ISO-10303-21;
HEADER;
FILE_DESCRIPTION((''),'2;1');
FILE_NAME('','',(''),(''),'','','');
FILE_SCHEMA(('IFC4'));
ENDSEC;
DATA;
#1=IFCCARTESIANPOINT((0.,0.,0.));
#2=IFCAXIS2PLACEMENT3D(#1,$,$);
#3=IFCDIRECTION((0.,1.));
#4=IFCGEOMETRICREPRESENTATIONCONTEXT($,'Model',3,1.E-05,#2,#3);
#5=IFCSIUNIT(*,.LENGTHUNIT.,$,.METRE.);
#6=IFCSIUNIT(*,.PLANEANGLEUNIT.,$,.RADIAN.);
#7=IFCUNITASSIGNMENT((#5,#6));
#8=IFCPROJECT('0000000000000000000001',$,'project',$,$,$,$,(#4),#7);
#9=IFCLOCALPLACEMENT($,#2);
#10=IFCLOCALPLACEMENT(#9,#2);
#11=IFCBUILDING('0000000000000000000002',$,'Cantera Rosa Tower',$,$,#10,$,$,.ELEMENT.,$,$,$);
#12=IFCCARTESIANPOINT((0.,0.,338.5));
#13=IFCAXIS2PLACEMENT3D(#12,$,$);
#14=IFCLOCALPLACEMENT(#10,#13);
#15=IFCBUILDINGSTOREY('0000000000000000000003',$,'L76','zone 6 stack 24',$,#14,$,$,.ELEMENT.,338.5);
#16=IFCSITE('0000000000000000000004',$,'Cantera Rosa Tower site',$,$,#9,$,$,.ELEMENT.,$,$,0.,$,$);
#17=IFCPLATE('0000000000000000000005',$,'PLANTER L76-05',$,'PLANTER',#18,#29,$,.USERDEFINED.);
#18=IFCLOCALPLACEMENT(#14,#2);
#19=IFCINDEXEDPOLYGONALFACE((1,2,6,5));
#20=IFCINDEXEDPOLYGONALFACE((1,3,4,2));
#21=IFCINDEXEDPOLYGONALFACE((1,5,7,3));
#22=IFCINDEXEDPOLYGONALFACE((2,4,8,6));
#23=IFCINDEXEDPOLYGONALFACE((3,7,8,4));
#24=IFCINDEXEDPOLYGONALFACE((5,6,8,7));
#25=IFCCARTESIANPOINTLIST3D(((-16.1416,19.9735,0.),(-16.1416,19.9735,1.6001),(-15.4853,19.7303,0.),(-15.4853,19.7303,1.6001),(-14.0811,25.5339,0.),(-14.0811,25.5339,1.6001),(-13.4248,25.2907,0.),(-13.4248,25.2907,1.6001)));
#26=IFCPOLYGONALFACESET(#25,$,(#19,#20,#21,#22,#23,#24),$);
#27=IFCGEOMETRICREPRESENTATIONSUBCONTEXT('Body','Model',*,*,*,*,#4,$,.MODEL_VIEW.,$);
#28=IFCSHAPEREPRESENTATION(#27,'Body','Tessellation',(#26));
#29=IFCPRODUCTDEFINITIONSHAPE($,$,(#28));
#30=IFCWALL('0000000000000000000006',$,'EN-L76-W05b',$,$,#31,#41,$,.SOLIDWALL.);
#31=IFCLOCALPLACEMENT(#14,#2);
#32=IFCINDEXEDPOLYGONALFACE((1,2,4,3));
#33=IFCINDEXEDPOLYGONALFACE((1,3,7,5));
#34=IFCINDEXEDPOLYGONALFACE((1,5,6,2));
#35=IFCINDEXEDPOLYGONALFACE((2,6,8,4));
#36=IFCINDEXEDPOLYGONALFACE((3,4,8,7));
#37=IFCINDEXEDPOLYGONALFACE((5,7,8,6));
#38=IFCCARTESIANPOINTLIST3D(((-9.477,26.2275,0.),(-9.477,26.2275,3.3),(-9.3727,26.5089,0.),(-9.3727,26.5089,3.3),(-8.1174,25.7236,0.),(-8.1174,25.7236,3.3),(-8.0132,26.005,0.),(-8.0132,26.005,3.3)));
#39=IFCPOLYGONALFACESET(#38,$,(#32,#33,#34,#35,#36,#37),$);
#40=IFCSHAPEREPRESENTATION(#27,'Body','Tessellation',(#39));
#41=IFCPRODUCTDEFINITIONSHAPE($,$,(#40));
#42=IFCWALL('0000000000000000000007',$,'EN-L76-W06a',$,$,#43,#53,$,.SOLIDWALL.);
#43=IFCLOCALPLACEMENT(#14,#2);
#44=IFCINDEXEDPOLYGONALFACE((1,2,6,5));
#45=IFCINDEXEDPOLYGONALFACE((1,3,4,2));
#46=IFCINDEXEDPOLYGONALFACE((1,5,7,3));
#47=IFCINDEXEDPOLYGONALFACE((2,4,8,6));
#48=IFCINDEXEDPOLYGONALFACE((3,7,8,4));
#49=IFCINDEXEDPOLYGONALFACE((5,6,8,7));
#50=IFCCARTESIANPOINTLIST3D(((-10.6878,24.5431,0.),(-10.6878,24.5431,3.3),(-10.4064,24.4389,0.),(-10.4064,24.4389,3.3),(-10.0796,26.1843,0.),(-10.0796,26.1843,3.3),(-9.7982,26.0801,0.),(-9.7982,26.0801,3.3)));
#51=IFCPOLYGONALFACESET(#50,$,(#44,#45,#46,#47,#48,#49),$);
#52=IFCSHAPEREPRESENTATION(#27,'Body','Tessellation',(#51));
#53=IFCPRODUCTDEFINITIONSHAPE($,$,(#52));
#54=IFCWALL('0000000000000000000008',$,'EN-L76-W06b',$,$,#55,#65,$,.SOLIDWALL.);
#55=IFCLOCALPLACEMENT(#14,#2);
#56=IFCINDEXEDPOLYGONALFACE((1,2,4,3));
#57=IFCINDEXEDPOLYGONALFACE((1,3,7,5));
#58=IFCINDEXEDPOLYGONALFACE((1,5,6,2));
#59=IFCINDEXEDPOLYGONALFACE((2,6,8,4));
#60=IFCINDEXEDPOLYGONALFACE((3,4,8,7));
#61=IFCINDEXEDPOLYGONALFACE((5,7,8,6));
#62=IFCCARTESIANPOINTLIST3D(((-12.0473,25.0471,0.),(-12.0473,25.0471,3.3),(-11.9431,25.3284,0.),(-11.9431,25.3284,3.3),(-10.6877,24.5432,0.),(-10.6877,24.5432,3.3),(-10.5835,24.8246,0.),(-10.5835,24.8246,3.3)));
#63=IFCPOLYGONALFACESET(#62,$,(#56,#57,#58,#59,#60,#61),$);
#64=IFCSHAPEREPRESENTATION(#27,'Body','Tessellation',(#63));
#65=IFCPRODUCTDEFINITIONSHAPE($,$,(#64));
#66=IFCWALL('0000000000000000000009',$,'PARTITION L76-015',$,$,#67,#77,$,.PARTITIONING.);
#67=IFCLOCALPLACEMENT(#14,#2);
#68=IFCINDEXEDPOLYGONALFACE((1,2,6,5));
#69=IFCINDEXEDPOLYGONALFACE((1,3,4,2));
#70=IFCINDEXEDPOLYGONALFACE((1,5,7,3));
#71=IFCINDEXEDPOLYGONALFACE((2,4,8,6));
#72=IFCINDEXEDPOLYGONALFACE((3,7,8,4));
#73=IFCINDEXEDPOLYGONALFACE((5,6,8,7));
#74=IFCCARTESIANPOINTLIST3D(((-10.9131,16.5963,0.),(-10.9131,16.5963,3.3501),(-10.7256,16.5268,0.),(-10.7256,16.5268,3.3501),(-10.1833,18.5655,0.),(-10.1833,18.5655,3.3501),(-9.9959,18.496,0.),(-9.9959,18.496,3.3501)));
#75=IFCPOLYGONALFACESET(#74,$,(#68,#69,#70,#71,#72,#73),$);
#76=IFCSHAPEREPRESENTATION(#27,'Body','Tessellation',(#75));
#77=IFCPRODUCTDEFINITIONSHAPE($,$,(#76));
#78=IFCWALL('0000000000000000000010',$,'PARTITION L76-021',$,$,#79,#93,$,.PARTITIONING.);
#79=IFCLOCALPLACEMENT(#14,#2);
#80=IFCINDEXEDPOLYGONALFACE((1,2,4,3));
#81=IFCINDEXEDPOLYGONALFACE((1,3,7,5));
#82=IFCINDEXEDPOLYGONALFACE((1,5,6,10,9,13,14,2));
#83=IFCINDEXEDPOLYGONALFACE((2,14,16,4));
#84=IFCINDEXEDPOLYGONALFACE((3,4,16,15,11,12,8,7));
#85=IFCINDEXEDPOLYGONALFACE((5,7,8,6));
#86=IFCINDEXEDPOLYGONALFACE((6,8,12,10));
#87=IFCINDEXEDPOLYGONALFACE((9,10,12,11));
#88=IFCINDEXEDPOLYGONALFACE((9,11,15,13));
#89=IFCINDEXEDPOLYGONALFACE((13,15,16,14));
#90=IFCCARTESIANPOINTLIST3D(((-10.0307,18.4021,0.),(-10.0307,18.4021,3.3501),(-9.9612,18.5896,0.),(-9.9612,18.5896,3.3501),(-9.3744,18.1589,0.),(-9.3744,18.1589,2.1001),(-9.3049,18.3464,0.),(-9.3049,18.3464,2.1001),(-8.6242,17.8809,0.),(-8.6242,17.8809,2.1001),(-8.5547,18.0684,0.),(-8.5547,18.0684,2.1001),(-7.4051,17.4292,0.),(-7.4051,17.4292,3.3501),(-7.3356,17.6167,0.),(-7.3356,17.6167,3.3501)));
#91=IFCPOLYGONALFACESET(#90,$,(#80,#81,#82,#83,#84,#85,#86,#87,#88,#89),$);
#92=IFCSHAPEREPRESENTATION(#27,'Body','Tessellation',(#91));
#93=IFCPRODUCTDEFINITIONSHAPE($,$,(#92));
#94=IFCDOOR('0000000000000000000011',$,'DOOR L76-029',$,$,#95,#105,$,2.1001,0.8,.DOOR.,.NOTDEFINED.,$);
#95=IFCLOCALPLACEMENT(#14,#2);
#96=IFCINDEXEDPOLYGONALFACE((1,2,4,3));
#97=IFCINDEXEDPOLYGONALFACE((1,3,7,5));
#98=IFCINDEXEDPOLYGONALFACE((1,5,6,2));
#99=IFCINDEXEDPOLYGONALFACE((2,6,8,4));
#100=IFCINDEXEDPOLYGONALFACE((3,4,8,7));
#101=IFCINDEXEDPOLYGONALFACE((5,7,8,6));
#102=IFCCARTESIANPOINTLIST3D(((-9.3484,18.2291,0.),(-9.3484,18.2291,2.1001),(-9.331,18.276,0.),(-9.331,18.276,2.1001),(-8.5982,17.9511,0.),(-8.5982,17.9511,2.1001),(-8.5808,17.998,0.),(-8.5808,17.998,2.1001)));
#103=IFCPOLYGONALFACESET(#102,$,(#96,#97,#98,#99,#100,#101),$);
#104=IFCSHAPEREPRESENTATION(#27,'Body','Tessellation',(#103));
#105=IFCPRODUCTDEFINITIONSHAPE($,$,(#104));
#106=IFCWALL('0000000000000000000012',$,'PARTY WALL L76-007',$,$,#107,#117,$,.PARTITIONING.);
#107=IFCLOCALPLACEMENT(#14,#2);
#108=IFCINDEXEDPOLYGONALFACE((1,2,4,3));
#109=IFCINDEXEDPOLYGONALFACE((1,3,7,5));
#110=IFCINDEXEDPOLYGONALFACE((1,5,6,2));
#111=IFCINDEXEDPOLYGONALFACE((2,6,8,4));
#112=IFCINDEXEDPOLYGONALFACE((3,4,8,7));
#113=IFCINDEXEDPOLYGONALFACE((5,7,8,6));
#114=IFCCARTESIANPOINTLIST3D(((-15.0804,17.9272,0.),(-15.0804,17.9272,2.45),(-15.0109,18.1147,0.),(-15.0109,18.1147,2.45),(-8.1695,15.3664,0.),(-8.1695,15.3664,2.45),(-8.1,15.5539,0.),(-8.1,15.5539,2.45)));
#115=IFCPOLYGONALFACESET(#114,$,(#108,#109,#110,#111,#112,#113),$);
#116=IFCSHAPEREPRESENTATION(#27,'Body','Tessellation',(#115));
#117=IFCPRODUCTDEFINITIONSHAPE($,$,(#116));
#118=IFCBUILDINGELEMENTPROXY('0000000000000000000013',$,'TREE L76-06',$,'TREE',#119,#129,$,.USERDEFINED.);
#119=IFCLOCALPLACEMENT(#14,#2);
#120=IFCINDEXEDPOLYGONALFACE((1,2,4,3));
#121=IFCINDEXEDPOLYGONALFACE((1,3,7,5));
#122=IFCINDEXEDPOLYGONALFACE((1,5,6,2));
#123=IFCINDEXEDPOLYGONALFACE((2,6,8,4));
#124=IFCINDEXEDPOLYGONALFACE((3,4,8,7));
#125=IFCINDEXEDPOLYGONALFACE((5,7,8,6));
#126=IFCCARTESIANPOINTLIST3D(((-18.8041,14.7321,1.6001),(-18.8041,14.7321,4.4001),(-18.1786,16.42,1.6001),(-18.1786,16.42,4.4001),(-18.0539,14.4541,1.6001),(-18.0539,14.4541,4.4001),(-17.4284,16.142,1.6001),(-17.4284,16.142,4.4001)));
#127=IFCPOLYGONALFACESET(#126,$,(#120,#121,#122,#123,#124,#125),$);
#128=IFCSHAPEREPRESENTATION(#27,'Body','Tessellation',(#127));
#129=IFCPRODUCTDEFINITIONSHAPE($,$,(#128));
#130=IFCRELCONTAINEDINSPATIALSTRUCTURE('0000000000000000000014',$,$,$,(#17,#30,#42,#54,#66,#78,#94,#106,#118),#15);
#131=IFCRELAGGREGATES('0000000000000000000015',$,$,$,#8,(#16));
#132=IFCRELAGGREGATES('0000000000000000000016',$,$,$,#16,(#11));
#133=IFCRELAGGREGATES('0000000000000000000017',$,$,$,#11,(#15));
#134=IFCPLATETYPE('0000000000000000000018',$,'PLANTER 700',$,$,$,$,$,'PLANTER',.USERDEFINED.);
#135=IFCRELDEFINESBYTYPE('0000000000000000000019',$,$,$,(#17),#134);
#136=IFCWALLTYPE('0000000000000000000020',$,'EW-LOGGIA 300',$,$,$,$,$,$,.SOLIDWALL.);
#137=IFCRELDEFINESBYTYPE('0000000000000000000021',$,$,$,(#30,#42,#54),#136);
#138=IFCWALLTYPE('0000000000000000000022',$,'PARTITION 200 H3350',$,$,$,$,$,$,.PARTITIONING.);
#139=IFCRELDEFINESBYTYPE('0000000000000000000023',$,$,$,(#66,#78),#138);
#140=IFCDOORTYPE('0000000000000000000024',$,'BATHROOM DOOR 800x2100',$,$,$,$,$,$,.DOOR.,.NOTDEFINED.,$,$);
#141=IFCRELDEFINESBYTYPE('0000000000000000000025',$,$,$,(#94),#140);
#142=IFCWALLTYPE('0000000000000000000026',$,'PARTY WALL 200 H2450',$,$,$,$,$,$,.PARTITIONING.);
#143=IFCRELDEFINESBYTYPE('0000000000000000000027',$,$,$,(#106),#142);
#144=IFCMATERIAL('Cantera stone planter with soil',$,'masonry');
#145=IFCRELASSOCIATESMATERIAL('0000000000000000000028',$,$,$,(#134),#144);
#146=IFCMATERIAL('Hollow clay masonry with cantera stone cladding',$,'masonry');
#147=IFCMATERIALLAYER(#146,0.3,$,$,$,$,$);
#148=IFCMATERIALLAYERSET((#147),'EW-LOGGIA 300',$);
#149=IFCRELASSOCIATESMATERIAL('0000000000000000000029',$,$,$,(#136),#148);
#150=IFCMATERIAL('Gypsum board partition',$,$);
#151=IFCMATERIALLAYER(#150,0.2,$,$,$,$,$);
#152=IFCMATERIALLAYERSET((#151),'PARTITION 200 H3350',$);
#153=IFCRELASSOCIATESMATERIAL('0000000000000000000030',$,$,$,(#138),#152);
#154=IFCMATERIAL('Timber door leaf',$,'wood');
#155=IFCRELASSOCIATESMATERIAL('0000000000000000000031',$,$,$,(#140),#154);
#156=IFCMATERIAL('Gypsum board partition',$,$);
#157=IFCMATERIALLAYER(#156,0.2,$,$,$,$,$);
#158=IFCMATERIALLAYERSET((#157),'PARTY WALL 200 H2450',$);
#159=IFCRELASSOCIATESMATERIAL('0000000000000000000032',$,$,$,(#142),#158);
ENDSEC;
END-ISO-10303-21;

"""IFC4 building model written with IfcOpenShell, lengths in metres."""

from ifc_helpers import new_model, si_unit, direction, frame, frame_2d, origin, origin_2d, place, context, subcontext, project, spatial, rectangle, extrude, material, layer, layer_set, type_object, element, fill, save


model = new_model("IFC4")

# Units and contexts
model_context = context("Model", 3, precision=1e-05, world=origin(), true_north=direction((0.0, 1.0)))
body_context = subcontext(model_context, "Body", "Model", "MODEL_VIEW")
ifc_project = project(units=[si_unit("LENGTHUNIT", "METRE"), si_unit("PLANEANGLEUNIT", "RADIAN")], contexts=[model_context])

# Site, building, storey
site_placement = place(None, origin())
site = spatial("IfcSite", under=ifc_project, at=site_placement, Name="Cantera Rosa Tower site", CompositionType="ELEMENT", RefElevation=0.0)
building_placement = place(site_placement, origin())
building = spatial("IfcBuilding", under=site, at=building_placement, Name="Cantera Rosa Tower", CompositionType="ELEMENT")
storey_placement = place(building_placement, frame((0.0, 0.0, 338.5)))
storey = spatial("IfcBuildingStorey", under=building, at=storey_placement, Name="L76", Description="zone 6 stack 24", CompositionType="ELEMENT", Elevation=338.5)

# Plate
ifc_material_1 = material(Name="Cantera stone planter with soil", Category="masonry")
plate_type = type_object("IfcPlateType", Name="PLANTER 700", ElementType="PLANTER", PredefinedType="USERDEFINED", material=ifc_material_1)
plate_placement = place(storey_placement, frame((-14.7832, 22.6321, 0.0), z_axis=(0.0, 0.0, 1.0), x_axis=(-0.347481, -0.937687, 0.0)))
element("IfcPlate", 1, at=plate_placement, inside=storey, type_object=plate_type, Name="PLANTER L76-05", ObjectType="PLANTER", PredefinedType="USERDEFINED", context=body_context, shape_type="SweptSolid", body=[
    extrude(rectangle(XDim=5.9299, YDim=0.7, at=origin_2d()), origin(), (0.0, 0.0, 1.0), 1.6001),
])

# Walls
ifc_material_2 = material(Name="Hollow clay masonry with cantera stone cladding", Category="masonry")
ifc_layer_1 = layer(ifc_material_2, 0.3)
ifc_layer_set_1 = layer_set([ifc_layer_1], Name="EW-LOGGIA 300")
wall_type_1 = type_object("IfcWallType", Name="EW-LOGGIA 300", PredefinedType="SOLIDWALL", material=ifc_layer_set_1)
wall_1_placement = place(storey_placement, frame((-8.0652, 25.8643, 0.0), z_axis=(0.0, 0.0, 1.0), x_axis=(-0.937672, 0.347523, 0.0)))
element("IfcWall", 2, at=wall_1_placement, inside=storey, type_object=wall_type_1, Name="EN-L76-W05b", PredefinedType="SOLIDWALL", context=body_context, shape_type="SweptSolid", body=[
    extrude(rectangle(XDim=1.45, YDim=0.3, at=frame_2d((0.7251, 0.0))), origin(), (0.0, 0.0, 1.0), 3.3),
])
wall_2_placement = place(storey_placement, frame((-9.939, 26.1321, 0.0), z_axis=(0.0, 0.0, 1.0), x_axis=(-0.347482, -0.937686, 0.0)))
element("IfcWall", 3, at=wall_2_placement, inside=storey, type_object=wall_type_1, Name="EN-L76-W06a", PredefinedType="SOLIDWALL", context=body_context, shape_type="SweptSolid", body=[
    extrude(rectangle(XDim=1.7502, YDim=0.3, at=frame_2d((0.875, 0.0))), origin(), (0.0, 0.0, 1.0), 3.3),
])
wall_3_placement = place(storey_placement, frame((-10.6355, 24.6838, 0.0), z_axis=(0.0, 0.0, 1.0), x_axis=(-0.937672, 0.347523, 0.0)))
element("IfcWall", 4, at=wall_3_placement, inside=storey, type_object=wall_type_1, Name="EN-L76-W06b", PredefinedType="SOLIDWALL", context=body_context, shape_type="SweptSolid", body=[
    extrude(rectangle(XDim=1.45, YDim=0.3, at=frame_2d((0.7251, 0.0))), origin(), (0.0, 0.0, 1.0), 3.3),
])

# Wall
ifc_material_3 = material(Name="Gypsum board partition")
ifc_layer_2 = layer(ifc_material_3, 0.2)
ifc_layer_set_2 = layer_set([ifc_layer_2], Name="PARTITION 200 H3350")
wall_type_2 = type_object("IfcWallType", Name="PARTITION 200 H3350", PredefinedType="PARTITIONING", material=ifc_layer_set_2)
wall_4_placement = place(storey_placement, frame((-10.8193, 16.5615, 0.0), z_axis=(0.0, 0.0, 1.0), x_axis=(0.347477, 0.937688, 0.0)))
element("IfcWall", 5, at=wall_4_placement, inside=storey, type_object=wall_type_2, Name="PARTITION L76-015", PredefinedType="PARTITIONING", context=body_context, shape_type="SweptSolid", body=[
    extrude(rectangle(XDim=2.1001, YDim=0.2, at=frame_2d((1.05, 0.0))), origin(), (0.0, 0.0, 1.0), 3.3501),
])

# Wall, opening, door
wall_5_placement = place(storey_placement, frame((-9.9958, 18.4958, 0.0), z_axis=(0.0, 0.0, 1.0), x_axis=(0.937691, -0.347471, 0.0)))
wall_5 = element("IfcWall", 6, at=wall_5_placement, inside=storey, type_object=wall_type_2, Name="PARTITION L76-021", PredefinedType="PARTITIONING", context=body_context, shape_type="SweptSolid", body=[
    extrude(rectangle(XDim=2.8, YDim=0.2, at=frame_2d((1.3999, 0.0))), origin(), (0.0, 0.0, 1.0), 3.3501),
])
opening_1_placement = place(wall_5_placement, frame((0.7, 0.0, 0.0)))
opening_1 = element("IfcOpeningElement", 7, at=opening_1_placement, cuts=wall_5, PredefinedType="OPENING", context=body_context, shape_type="SweptSolid", body=[
    extrude(rectangle(XDim=0.8, YDim=2.1001, at=frame_2d((0.3999, 1.05))), frame((0.0, 0.1099, 0.0), z_axis=(0.0, -1.0, 0.0), x_axis=(1.0, 0.0, 0.0)), (0.0, 0.0, 1.0), 0.22),
])
ifc_material_4 = material(Name="Timber door leaf", Category="wood")
door_type_1 = type_object("IfcDoorType", Name="BATHROOM DOOR 800x2100", OperationType="NOTDEFINED", PredefinedType="DOOR", material=ifc_material_4)
door_1_placement = place(opening_1_placement, origin())
door_1 = element("IfcDoor", 8, at=door_1_placement, inside=storey, type_object=door_type_1, Name="DOOR L76-029", OperationType="NOTDEFINED", OverallHeight=2.1001, OverallWidth=0.8, PredefinedType="DOOR", context=body_context, shape_type="SweptSolid", body=[
    extrude(rectangle(XDim=0.8, YDim=2.1001, at=frame_2d((0.3999, 1.05))), frame((0.0, 0.0249, 0.0), z_axis=(0.0, -1.0, 0.0), x_axis=(1.0, 0.0, 0.0)), (0.0, 0.0, 1.0), 0.05),
])
fill(opening_1, door_1)

# Wall
ifc_material_5 = material(Name="Gypsum board partition")
ifc_layer_3 = layer(ifc_material_5, 0.2)
ifc_layer_set_3 = layer_set([ifc_layer_3], Name="PARTY WALL 200 H2450")
wall_type_3 = type_object("IfcWallType", Name="PARTY WALL 200 H2450", PredefinedType="PARTITIONING", material=ifc_layer_set_3)
wall_6_placement = place(storey_placement, frame((-15.0457, 18.021, 0.0), z_axis=(0.0, 0.0, 1.0), x_axis=(0.937696, -0.347458, 0.0)))
element("IfcWall", 9, at=wall_6_placement, inside=storey, type_object=wall_type_3, Name="PARTY WALL L76-007", PredefinedType="PARTITIONING", context=body_context, shape_type="SweptSolid", body=[
    extrude(rectangle(XDim=7.3701, YDim=0.2, at=frame_2d((3.6851, 0.0))), origin(), (0.0, 0.0, 1.0), 2.45),
])

# Building element proxy
proxy_placement = place(storey_placement, frame((-18.1162, 15.437, 1.6001), z_axis=(0.0, 0.0, 1.0), x_axis=(-0.347481, -0.937687, 0.0)))
element("IfcBuildingElementProxy", 10, at=proxy_placement, inside=storey, Name="TREE L76-06", ObjectType="TREE", PredefinedType="USERDEFINED", context=body_context, shape_type="SweptSolid", body=[
    extrude(rectangle(XDim=1.8, YDim=0.8, at=origin_2d()), origin(), (0.0, 0.0, 1.0), 2.8),
])

save(model, "model.ifc")
